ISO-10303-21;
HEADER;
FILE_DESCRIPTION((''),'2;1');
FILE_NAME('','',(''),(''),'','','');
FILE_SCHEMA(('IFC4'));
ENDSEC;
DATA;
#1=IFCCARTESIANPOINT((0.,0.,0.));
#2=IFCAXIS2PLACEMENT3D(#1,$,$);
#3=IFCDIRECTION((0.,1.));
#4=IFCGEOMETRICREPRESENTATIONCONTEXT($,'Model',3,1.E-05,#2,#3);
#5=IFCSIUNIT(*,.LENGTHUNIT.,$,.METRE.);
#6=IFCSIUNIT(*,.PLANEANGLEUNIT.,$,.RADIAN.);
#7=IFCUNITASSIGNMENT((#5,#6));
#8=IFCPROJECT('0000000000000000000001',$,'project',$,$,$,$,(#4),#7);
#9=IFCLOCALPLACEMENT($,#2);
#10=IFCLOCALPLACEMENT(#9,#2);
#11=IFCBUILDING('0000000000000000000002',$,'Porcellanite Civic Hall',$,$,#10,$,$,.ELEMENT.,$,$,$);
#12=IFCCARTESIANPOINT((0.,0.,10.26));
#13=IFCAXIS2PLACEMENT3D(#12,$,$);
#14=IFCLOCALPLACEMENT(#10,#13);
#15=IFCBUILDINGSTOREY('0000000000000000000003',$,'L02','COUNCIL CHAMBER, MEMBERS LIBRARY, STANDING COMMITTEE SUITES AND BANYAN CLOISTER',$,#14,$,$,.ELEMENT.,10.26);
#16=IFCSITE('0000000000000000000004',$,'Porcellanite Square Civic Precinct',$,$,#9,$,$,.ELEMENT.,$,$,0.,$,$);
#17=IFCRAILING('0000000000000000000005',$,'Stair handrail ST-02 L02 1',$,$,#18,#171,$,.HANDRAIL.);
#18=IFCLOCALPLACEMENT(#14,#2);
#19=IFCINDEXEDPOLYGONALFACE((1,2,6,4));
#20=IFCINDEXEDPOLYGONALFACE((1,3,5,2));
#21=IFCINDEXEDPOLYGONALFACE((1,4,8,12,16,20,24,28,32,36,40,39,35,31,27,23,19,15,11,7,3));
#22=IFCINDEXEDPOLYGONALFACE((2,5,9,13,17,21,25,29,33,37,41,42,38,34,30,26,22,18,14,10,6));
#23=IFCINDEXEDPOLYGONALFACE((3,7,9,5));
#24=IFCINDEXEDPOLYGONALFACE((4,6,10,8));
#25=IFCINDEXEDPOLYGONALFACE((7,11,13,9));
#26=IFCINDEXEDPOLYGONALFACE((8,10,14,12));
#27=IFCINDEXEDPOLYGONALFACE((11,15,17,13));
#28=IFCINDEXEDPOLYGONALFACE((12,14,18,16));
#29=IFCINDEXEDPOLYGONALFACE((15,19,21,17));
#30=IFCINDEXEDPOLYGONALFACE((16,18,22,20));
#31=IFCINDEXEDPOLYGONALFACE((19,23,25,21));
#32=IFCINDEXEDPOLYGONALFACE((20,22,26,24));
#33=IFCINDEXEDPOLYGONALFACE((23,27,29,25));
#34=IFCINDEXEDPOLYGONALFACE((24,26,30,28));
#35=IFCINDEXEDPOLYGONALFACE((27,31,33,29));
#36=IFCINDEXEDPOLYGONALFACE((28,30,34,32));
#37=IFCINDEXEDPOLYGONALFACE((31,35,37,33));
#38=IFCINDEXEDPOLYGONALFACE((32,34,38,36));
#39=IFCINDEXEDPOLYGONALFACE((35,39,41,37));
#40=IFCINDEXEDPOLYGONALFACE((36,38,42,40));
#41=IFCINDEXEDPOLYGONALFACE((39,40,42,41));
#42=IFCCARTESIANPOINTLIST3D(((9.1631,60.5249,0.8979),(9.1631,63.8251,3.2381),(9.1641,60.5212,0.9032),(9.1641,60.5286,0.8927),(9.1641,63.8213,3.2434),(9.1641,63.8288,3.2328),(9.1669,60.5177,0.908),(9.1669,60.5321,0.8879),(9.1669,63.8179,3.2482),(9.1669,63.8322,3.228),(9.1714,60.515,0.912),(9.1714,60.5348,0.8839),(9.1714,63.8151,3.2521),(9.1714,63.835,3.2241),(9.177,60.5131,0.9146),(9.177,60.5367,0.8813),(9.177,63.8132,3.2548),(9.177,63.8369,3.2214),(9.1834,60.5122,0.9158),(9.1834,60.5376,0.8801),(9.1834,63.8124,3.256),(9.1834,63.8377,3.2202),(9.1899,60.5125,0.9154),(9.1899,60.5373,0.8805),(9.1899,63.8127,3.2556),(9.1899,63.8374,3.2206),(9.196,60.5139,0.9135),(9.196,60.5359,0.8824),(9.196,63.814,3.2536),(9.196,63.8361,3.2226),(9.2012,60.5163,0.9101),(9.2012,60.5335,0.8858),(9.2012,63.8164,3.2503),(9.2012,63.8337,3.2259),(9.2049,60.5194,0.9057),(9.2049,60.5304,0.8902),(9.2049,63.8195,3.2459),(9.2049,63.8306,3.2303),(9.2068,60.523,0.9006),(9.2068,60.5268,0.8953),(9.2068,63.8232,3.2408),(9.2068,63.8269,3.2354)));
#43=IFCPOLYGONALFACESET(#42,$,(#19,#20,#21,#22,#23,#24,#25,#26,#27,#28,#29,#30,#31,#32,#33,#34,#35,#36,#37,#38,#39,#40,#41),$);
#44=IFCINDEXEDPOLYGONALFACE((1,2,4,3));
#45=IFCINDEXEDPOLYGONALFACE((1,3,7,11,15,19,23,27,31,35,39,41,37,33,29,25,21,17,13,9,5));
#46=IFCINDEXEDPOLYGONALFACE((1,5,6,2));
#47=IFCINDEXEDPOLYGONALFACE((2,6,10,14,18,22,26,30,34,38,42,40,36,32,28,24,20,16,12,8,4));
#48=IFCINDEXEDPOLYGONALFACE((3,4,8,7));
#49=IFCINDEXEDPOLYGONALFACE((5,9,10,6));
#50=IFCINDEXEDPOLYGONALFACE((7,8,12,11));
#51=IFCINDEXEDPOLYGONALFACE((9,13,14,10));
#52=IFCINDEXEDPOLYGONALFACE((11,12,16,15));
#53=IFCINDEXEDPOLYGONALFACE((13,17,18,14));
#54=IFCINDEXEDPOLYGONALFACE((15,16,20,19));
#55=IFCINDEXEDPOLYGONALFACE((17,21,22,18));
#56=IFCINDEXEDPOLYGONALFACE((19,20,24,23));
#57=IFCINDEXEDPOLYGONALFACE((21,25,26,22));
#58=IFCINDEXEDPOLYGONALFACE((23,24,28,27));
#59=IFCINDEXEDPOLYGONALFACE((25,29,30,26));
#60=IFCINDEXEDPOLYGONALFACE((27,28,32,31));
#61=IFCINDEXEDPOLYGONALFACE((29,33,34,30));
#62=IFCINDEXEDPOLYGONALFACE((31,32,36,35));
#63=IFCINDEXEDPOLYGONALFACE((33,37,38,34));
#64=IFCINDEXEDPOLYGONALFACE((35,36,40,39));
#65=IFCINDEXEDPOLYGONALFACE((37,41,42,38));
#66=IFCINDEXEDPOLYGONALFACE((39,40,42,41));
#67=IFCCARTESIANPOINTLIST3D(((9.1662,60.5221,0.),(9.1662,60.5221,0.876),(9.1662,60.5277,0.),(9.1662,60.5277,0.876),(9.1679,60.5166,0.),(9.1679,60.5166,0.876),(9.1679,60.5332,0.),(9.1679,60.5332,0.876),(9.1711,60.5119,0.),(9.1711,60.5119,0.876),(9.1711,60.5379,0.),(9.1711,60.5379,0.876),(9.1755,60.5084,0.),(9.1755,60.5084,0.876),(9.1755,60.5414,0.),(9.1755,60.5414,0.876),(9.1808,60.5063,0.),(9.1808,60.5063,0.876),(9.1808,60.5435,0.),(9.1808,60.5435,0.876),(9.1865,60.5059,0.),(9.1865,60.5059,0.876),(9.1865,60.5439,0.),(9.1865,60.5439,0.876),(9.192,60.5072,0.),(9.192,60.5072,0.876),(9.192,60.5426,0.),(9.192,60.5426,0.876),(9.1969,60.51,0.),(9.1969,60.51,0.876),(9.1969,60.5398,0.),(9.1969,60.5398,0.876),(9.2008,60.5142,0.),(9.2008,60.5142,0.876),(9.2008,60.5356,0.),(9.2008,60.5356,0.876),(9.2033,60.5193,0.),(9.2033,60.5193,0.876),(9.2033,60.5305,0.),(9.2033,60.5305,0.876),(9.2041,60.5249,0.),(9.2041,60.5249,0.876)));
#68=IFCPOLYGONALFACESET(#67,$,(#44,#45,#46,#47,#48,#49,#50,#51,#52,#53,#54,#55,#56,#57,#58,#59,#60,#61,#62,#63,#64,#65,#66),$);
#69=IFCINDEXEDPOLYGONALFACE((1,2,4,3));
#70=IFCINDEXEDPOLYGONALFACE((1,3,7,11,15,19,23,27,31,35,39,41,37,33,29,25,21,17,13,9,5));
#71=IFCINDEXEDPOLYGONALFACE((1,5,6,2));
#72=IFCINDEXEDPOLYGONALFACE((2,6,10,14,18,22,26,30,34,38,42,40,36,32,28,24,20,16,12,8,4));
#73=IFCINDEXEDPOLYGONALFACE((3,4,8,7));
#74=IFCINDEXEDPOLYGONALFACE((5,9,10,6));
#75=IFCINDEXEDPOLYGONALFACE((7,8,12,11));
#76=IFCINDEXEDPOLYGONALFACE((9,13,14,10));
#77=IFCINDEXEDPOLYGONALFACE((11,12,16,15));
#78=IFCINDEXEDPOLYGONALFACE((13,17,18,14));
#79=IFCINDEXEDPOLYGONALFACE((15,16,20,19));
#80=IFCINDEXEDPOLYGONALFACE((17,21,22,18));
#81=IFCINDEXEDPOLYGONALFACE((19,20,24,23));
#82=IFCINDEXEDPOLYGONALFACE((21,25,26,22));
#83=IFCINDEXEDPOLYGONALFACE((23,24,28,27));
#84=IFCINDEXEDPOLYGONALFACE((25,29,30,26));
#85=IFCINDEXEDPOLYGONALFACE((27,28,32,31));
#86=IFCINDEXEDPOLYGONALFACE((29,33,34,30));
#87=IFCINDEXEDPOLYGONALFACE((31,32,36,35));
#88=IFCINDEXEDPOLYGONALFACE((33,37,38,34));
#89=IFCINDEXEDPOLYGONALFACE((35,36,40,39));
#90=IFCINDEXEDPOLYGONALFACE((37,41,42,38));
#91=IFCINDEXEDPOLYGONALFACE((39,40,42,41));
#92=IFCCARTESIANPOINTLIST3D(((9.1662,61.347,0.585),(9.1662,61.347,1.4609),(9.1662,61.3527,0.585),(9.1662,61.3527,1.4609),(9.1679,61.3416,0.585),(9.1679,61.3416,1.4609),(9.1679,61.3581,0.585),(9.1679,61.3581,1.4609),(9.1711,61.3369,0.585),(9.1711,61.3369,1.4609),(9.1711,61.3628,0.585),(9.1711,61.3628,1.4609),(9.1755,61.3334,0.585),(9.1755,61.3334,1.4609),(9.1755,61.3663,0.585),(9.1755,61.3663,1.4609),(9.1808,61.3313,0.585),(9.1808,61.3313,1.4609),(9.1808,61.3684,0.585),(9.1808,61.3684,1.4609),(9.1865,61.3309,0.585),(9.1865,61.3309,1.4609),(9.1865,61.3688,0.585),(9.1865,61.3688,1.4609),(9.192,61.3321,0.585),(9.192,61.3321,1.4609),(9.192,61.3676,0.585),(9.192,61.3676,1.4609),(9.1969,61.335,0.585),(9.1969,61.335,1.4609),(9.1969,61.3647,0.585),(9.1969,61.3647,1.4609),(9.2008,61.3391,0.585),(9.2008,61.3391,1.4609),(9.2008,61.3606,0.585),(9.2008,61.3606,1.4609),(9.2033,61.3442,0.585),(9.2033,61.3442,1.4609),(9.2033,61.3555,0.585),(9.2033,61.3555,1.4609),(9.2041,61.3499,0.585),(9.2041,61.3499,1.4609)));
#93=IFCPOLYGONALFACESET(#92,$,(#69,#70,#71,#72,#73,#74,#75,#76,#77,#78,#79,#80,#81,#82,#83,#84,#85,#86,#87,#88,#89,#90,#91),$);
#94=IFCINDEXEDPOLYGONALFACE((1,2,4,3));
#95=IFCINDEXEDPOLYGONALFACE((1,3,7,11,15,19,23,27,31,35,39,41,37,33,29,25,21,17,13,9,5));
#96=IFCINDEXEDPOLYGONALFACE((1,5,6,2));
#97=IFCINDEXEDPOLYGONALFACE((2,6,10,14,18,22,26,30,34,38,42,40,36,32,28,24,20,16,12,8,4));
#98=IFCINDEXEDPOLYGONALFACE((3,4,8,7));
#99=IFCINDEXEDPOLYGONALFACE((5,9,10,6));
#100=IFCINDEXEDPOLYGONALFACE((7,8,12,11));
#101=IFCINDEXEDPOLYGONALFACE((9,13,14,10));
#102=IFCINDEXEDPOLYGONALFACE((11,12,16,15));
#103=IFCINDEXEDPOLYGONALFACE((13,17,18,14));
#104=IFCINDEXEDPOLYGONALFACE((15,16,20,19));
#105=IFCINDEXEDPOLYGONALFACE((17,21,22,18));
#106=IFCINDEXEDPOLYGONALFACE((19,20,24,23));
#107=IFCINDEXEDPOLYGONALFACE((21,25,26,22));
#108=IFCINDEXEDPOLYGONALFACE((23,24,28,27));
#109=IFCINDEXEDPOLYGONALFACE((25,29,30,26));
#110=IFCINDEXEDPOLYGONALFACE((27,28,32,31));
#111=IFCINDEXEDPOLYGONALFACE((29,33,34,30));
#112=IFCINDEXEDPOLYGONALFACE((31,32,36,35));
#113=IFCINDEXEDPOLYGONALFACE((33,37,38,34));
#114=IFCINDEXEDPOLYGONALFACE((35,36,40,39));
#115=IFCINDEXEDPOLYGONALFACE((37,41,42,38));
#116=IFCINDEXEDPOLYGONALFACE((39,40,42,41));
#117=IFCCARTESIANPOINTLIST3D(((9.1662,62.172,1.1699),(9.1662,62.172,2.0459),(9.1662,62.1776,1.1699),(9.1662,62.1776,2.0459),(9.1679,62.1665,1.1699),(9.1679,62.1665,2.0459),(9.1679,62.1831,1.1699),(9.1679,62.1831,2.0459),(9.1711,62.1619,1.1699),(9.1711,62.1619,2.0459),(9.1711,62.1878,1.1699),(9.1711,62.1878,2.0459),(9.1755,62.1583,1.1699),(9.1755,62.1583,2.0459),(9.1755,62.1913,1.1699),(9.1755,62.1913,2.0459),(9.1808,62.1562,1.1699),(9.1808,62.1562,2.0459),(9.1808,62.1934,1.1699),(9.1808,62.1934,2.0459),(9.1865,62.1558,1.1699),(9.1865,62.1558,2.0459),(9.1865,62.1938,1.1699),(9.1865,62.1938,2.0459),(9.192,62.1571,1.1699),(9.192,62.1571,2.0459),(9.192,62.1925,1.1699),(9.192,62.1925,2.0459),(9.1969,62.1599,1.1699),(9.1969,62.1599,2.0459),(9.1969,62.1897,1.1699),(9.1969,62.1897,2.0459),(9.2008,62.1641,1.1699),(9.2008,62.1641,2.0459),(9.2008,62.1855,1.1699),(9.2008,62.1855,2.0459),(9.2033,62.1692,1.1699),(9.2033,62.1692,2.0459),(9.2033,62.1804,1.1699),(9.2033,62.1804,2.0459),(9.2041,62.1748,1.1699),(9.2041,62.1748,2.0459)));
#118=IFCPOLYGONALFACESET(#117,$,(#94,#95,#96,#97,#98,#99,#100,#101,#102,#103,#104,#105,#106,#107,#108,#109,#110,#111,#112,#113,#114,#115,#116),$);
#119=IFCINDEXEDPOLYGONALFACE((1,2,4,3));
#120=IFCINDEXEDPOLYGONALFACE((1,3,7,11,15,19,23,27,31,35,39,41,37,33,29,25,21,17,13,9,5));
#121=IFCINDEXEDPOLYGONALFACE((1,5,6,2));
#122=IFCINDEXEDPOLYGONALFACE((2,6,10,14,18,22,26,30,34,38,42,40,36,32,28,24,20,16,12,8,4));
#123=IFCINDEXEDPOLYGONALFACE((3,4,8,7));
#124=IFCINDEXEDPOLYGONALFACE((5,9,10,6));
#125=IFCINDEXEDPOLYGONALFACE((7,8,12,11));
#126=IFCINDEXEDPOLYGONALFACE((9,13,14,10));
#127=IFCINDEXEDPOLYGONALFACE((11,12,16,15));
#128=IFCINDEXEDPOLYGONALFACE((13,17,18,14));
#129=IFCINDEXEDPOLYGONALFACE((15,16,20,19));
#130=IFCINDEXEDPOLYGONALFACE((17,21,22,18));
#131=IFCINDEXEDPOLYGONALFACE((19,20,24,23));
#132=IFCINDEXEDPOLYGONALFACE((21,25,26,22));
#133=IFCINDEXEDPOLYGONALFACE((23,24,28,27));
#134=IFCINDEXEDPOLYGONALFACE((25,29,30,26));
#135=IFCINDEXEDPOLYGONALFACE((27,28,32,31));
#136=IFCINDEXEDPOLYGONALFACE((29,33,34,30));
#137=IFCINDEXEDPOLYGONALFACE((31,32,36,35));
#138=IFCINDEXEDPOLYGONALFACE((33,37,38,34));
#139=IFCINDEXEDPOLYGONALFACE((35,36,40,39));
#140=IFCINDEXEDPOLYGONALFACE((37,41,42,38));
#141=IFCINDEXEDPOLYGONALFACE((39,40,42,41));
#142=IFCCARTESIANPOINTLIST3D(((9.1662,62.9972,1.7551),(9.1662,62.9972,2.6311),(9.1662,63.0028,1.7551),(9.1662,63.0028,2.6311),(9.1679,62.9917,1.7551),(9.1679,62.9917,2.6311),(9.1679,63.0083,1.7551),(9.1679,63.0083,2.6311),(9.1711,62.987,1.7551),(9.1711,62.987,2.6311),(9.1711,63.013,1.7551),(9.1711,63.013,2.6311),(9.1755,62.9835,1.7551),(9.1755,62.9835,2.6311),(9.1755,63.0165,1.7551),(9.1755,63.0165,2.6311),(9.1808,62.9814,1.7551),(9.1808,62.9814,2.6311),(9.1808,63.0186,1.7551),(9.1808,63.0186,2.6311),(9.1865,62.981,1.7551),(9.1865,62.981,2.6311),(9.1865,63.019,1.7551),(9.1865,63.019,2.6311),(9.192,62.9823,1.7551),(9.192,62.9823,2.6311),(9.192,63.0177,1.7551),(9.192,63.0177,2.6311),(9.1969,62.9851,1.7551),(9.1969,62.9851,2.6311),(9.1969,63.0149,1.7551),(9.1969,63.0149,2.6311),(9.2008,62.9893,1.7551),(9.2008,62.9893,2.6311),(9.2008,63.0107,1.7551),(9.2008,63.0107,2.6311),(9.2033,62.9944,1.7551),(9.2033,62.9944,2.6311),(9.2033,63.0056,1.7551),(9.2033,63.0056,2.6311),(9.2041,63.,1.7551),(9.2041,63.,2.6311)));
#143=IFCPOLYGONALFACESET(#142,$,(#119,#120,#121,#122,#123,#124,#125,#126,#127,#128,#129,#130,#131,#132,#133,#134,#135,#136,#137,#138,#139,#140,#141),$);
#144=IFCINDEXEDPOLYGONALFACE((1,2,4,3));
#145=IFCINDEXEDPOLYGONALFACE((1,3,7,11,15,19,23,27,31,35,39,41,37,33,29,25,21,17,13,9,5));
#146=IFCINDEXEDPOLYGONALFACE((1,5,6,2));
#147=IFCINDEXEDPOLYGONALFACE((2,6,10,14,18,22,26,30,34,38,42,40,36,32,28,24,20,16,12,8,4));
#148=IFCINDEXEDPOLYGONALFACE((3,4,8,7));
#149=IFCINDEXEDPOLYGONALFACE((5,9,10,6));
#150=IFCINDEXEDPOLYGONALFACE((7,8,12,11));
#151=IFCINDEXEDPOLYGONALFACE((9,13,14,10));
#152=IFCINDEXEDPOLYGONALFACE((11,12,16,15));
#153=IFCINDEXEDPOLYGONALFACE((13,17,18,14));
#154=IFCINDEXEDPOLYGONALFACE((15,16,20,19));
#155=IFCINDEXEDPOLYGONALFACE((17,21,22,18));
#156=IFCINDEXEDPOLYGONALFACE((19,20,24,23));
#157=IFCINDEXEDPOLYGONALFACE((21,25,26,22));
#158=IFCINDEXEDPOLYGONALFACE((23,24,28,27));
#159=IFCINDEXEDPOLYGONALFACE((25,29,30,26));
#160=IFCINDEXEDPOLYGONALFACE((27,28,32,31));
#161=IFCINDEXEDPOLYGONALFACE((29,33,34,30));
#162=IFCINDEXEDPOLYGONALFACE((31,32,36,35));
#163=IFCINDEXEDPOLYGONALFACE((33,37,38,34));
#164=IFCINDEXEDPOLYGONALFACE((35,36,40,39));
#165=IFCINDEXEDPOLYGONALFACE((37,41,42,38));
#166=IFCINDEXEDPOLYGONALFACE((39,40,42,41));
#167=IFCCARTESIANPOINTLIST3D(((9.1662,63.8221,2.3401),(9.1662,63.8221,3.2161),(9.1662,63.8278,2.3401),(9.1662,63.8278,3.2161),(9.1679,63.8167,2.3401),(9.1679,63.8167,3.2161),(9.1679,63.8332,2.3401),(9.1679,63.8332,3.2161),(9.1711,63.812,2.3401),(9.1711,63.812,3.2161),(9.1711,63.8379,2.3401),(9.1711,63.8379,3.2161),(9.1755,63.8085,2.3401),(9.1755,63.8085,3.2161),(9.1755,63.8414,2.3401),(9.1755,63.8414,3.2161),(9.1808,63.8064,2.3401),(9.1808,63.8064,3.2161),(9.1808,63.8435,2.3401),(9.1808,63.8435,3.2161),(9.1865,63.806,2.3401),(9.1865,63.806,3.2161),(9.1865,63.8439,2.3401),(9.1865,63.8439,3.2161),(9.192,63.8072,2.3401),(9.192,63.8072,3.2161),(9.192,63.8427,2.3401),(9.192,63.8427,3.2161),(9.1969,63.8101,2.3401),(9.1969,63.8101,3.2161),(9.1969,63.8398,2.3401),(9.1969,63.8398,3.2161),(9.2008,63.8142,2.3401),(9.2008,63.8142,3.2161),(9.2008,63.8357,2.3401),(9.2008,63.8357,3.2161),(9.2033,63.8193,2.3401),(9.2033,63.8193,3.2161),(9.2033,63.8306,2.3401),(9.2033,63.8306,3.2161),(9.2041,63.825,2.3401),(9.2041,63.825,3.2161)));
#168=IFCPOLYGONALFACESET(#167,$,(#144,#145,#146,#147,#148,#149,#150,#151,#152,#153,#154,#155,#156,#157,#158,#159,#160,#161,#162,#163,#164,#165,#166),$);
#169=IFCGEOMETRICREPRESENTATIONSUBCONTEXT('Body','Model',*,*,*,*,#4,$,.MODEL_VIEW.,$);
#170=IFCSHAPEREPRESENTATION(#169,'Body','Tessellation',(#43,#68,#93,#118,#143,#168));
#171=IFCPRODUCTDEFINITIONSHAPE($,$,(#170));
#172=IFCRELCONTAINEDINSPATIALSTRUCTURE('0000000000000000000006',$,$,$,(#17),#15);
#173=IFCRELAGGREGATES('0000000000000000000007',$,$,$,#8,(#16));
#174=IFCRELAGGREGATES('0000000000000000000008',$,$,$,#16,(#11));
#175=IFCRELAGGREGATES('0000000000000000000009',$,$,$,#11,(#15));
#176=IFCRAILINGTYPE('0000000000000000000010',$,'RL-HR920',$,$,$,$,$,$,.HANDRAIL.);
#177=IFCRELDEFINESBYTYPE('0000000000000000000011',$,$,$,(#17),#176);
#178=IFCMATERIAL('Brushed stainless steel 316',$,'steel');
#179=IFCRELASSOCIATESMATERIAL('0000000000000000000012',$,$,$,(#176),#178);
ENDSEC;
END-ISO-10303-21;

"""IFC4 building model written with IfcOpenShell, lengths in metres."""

from ifc_helpers import new_model, si_unit, direction, frame, origin, origin_2d, place, context, subcontext, project, spatial, circle, extrude, material, type_object, element, save


model = new_model("IFC4")

# Units and contexts
model_context = context("Model", 3, precision=1e-05, world=origin(), true_north=direction((0.0, 1.0)))
body_context = subcontext(model_context, "Body", "Model", "MODEL_VIEW")
ifc_project = project(units=[si_unit("LENGTHUNIT", "METRE"), si_unit("PLANEANGLEUNIT", "RADIAN")], contexts=[model_context])

# Site, building, storey
site_placement = place(None, origin())
site = spatial("IfcSite", under=ifc_project, at=site_placement, Name="Porcellanite Square Civic Precinct", CompositionType="ELEMENT", RefElevation=0.0)
building_placement = place(site_placement, origin())
building = spatial("IfcBuilding", under=site, at=building_placement, Name="Porcellanite Civic Hall", CompositionType="ELEMENT")
storey_placement = place(building_placement, frame((0.0, 0.0, 10.26)))
storey = spatial("IfcBuildingStorey", under=building, at=storey_placement, Name="L02", Description="COUNCIL CHAMBER, MEMBERS LIBRARY, STANDING COMMITTEE SUITES AND BANYAN CLOISTER", CompositionType="ELEMENT", Elevation=10.26)

# Railing
ifc_material_1 = material(Name="Brushed stainless steel 316", Category="steel")
railing_type_1 = type_object("IfcRailingType", Name="RL-HR920", PredefinedType="HANDRAIL", material=ifc_material_1)
railing_1_placement = place(storey_placement, frame((9.1851, 60.5249, 0.0)))
element("IfcRailing", 1, at=railing_1_placement, inside=storey, type_object=railing_type_1, Name="Stair handrail ST-02 L02 1", PredefinedType="HANDRAIL", context=body_context, shape_type="SweptSolid", body=[
    extrude(circle(Radius=0.022, at=origin_2d()), frame((0.0, 0.0, 0.8979), z_axis=(0.0, 0.815727, 0.578438), x_axis=(-1.0, 0.0, 0.0)), (0.0, 0.0, 1.0), 4.0457),
    extrude(circle(Radius=0.019, at=origin_2d()), origin(), (0.0, 0.0, 1.0), 0.876),
    extrude(circle(Radius=0.019, at=origin_2d()), frame((0.0, 0.825, 0.585)), (0.0, 0.0, 1.0), 0.876),
    extrude(circle(Radius=0.019, at=origin_2d()), frame((0.0, 1.6499, 1.1699)), (0.0, 0.0, 1.0), 0.876),
    extrude(circle(Radius=0.019, at=origin_2d()), frame((0.0, 2.4751, 1.7551)), (0.0, 0.0, 1.0), 0.876),
    extrude(circle(Radius=0.019, at=origin_2d()), frame((0.0, 3.3, 2.3401)), (0.0, 0.0, 1.0), 0.876),
])

save(model, "model.ifc")
